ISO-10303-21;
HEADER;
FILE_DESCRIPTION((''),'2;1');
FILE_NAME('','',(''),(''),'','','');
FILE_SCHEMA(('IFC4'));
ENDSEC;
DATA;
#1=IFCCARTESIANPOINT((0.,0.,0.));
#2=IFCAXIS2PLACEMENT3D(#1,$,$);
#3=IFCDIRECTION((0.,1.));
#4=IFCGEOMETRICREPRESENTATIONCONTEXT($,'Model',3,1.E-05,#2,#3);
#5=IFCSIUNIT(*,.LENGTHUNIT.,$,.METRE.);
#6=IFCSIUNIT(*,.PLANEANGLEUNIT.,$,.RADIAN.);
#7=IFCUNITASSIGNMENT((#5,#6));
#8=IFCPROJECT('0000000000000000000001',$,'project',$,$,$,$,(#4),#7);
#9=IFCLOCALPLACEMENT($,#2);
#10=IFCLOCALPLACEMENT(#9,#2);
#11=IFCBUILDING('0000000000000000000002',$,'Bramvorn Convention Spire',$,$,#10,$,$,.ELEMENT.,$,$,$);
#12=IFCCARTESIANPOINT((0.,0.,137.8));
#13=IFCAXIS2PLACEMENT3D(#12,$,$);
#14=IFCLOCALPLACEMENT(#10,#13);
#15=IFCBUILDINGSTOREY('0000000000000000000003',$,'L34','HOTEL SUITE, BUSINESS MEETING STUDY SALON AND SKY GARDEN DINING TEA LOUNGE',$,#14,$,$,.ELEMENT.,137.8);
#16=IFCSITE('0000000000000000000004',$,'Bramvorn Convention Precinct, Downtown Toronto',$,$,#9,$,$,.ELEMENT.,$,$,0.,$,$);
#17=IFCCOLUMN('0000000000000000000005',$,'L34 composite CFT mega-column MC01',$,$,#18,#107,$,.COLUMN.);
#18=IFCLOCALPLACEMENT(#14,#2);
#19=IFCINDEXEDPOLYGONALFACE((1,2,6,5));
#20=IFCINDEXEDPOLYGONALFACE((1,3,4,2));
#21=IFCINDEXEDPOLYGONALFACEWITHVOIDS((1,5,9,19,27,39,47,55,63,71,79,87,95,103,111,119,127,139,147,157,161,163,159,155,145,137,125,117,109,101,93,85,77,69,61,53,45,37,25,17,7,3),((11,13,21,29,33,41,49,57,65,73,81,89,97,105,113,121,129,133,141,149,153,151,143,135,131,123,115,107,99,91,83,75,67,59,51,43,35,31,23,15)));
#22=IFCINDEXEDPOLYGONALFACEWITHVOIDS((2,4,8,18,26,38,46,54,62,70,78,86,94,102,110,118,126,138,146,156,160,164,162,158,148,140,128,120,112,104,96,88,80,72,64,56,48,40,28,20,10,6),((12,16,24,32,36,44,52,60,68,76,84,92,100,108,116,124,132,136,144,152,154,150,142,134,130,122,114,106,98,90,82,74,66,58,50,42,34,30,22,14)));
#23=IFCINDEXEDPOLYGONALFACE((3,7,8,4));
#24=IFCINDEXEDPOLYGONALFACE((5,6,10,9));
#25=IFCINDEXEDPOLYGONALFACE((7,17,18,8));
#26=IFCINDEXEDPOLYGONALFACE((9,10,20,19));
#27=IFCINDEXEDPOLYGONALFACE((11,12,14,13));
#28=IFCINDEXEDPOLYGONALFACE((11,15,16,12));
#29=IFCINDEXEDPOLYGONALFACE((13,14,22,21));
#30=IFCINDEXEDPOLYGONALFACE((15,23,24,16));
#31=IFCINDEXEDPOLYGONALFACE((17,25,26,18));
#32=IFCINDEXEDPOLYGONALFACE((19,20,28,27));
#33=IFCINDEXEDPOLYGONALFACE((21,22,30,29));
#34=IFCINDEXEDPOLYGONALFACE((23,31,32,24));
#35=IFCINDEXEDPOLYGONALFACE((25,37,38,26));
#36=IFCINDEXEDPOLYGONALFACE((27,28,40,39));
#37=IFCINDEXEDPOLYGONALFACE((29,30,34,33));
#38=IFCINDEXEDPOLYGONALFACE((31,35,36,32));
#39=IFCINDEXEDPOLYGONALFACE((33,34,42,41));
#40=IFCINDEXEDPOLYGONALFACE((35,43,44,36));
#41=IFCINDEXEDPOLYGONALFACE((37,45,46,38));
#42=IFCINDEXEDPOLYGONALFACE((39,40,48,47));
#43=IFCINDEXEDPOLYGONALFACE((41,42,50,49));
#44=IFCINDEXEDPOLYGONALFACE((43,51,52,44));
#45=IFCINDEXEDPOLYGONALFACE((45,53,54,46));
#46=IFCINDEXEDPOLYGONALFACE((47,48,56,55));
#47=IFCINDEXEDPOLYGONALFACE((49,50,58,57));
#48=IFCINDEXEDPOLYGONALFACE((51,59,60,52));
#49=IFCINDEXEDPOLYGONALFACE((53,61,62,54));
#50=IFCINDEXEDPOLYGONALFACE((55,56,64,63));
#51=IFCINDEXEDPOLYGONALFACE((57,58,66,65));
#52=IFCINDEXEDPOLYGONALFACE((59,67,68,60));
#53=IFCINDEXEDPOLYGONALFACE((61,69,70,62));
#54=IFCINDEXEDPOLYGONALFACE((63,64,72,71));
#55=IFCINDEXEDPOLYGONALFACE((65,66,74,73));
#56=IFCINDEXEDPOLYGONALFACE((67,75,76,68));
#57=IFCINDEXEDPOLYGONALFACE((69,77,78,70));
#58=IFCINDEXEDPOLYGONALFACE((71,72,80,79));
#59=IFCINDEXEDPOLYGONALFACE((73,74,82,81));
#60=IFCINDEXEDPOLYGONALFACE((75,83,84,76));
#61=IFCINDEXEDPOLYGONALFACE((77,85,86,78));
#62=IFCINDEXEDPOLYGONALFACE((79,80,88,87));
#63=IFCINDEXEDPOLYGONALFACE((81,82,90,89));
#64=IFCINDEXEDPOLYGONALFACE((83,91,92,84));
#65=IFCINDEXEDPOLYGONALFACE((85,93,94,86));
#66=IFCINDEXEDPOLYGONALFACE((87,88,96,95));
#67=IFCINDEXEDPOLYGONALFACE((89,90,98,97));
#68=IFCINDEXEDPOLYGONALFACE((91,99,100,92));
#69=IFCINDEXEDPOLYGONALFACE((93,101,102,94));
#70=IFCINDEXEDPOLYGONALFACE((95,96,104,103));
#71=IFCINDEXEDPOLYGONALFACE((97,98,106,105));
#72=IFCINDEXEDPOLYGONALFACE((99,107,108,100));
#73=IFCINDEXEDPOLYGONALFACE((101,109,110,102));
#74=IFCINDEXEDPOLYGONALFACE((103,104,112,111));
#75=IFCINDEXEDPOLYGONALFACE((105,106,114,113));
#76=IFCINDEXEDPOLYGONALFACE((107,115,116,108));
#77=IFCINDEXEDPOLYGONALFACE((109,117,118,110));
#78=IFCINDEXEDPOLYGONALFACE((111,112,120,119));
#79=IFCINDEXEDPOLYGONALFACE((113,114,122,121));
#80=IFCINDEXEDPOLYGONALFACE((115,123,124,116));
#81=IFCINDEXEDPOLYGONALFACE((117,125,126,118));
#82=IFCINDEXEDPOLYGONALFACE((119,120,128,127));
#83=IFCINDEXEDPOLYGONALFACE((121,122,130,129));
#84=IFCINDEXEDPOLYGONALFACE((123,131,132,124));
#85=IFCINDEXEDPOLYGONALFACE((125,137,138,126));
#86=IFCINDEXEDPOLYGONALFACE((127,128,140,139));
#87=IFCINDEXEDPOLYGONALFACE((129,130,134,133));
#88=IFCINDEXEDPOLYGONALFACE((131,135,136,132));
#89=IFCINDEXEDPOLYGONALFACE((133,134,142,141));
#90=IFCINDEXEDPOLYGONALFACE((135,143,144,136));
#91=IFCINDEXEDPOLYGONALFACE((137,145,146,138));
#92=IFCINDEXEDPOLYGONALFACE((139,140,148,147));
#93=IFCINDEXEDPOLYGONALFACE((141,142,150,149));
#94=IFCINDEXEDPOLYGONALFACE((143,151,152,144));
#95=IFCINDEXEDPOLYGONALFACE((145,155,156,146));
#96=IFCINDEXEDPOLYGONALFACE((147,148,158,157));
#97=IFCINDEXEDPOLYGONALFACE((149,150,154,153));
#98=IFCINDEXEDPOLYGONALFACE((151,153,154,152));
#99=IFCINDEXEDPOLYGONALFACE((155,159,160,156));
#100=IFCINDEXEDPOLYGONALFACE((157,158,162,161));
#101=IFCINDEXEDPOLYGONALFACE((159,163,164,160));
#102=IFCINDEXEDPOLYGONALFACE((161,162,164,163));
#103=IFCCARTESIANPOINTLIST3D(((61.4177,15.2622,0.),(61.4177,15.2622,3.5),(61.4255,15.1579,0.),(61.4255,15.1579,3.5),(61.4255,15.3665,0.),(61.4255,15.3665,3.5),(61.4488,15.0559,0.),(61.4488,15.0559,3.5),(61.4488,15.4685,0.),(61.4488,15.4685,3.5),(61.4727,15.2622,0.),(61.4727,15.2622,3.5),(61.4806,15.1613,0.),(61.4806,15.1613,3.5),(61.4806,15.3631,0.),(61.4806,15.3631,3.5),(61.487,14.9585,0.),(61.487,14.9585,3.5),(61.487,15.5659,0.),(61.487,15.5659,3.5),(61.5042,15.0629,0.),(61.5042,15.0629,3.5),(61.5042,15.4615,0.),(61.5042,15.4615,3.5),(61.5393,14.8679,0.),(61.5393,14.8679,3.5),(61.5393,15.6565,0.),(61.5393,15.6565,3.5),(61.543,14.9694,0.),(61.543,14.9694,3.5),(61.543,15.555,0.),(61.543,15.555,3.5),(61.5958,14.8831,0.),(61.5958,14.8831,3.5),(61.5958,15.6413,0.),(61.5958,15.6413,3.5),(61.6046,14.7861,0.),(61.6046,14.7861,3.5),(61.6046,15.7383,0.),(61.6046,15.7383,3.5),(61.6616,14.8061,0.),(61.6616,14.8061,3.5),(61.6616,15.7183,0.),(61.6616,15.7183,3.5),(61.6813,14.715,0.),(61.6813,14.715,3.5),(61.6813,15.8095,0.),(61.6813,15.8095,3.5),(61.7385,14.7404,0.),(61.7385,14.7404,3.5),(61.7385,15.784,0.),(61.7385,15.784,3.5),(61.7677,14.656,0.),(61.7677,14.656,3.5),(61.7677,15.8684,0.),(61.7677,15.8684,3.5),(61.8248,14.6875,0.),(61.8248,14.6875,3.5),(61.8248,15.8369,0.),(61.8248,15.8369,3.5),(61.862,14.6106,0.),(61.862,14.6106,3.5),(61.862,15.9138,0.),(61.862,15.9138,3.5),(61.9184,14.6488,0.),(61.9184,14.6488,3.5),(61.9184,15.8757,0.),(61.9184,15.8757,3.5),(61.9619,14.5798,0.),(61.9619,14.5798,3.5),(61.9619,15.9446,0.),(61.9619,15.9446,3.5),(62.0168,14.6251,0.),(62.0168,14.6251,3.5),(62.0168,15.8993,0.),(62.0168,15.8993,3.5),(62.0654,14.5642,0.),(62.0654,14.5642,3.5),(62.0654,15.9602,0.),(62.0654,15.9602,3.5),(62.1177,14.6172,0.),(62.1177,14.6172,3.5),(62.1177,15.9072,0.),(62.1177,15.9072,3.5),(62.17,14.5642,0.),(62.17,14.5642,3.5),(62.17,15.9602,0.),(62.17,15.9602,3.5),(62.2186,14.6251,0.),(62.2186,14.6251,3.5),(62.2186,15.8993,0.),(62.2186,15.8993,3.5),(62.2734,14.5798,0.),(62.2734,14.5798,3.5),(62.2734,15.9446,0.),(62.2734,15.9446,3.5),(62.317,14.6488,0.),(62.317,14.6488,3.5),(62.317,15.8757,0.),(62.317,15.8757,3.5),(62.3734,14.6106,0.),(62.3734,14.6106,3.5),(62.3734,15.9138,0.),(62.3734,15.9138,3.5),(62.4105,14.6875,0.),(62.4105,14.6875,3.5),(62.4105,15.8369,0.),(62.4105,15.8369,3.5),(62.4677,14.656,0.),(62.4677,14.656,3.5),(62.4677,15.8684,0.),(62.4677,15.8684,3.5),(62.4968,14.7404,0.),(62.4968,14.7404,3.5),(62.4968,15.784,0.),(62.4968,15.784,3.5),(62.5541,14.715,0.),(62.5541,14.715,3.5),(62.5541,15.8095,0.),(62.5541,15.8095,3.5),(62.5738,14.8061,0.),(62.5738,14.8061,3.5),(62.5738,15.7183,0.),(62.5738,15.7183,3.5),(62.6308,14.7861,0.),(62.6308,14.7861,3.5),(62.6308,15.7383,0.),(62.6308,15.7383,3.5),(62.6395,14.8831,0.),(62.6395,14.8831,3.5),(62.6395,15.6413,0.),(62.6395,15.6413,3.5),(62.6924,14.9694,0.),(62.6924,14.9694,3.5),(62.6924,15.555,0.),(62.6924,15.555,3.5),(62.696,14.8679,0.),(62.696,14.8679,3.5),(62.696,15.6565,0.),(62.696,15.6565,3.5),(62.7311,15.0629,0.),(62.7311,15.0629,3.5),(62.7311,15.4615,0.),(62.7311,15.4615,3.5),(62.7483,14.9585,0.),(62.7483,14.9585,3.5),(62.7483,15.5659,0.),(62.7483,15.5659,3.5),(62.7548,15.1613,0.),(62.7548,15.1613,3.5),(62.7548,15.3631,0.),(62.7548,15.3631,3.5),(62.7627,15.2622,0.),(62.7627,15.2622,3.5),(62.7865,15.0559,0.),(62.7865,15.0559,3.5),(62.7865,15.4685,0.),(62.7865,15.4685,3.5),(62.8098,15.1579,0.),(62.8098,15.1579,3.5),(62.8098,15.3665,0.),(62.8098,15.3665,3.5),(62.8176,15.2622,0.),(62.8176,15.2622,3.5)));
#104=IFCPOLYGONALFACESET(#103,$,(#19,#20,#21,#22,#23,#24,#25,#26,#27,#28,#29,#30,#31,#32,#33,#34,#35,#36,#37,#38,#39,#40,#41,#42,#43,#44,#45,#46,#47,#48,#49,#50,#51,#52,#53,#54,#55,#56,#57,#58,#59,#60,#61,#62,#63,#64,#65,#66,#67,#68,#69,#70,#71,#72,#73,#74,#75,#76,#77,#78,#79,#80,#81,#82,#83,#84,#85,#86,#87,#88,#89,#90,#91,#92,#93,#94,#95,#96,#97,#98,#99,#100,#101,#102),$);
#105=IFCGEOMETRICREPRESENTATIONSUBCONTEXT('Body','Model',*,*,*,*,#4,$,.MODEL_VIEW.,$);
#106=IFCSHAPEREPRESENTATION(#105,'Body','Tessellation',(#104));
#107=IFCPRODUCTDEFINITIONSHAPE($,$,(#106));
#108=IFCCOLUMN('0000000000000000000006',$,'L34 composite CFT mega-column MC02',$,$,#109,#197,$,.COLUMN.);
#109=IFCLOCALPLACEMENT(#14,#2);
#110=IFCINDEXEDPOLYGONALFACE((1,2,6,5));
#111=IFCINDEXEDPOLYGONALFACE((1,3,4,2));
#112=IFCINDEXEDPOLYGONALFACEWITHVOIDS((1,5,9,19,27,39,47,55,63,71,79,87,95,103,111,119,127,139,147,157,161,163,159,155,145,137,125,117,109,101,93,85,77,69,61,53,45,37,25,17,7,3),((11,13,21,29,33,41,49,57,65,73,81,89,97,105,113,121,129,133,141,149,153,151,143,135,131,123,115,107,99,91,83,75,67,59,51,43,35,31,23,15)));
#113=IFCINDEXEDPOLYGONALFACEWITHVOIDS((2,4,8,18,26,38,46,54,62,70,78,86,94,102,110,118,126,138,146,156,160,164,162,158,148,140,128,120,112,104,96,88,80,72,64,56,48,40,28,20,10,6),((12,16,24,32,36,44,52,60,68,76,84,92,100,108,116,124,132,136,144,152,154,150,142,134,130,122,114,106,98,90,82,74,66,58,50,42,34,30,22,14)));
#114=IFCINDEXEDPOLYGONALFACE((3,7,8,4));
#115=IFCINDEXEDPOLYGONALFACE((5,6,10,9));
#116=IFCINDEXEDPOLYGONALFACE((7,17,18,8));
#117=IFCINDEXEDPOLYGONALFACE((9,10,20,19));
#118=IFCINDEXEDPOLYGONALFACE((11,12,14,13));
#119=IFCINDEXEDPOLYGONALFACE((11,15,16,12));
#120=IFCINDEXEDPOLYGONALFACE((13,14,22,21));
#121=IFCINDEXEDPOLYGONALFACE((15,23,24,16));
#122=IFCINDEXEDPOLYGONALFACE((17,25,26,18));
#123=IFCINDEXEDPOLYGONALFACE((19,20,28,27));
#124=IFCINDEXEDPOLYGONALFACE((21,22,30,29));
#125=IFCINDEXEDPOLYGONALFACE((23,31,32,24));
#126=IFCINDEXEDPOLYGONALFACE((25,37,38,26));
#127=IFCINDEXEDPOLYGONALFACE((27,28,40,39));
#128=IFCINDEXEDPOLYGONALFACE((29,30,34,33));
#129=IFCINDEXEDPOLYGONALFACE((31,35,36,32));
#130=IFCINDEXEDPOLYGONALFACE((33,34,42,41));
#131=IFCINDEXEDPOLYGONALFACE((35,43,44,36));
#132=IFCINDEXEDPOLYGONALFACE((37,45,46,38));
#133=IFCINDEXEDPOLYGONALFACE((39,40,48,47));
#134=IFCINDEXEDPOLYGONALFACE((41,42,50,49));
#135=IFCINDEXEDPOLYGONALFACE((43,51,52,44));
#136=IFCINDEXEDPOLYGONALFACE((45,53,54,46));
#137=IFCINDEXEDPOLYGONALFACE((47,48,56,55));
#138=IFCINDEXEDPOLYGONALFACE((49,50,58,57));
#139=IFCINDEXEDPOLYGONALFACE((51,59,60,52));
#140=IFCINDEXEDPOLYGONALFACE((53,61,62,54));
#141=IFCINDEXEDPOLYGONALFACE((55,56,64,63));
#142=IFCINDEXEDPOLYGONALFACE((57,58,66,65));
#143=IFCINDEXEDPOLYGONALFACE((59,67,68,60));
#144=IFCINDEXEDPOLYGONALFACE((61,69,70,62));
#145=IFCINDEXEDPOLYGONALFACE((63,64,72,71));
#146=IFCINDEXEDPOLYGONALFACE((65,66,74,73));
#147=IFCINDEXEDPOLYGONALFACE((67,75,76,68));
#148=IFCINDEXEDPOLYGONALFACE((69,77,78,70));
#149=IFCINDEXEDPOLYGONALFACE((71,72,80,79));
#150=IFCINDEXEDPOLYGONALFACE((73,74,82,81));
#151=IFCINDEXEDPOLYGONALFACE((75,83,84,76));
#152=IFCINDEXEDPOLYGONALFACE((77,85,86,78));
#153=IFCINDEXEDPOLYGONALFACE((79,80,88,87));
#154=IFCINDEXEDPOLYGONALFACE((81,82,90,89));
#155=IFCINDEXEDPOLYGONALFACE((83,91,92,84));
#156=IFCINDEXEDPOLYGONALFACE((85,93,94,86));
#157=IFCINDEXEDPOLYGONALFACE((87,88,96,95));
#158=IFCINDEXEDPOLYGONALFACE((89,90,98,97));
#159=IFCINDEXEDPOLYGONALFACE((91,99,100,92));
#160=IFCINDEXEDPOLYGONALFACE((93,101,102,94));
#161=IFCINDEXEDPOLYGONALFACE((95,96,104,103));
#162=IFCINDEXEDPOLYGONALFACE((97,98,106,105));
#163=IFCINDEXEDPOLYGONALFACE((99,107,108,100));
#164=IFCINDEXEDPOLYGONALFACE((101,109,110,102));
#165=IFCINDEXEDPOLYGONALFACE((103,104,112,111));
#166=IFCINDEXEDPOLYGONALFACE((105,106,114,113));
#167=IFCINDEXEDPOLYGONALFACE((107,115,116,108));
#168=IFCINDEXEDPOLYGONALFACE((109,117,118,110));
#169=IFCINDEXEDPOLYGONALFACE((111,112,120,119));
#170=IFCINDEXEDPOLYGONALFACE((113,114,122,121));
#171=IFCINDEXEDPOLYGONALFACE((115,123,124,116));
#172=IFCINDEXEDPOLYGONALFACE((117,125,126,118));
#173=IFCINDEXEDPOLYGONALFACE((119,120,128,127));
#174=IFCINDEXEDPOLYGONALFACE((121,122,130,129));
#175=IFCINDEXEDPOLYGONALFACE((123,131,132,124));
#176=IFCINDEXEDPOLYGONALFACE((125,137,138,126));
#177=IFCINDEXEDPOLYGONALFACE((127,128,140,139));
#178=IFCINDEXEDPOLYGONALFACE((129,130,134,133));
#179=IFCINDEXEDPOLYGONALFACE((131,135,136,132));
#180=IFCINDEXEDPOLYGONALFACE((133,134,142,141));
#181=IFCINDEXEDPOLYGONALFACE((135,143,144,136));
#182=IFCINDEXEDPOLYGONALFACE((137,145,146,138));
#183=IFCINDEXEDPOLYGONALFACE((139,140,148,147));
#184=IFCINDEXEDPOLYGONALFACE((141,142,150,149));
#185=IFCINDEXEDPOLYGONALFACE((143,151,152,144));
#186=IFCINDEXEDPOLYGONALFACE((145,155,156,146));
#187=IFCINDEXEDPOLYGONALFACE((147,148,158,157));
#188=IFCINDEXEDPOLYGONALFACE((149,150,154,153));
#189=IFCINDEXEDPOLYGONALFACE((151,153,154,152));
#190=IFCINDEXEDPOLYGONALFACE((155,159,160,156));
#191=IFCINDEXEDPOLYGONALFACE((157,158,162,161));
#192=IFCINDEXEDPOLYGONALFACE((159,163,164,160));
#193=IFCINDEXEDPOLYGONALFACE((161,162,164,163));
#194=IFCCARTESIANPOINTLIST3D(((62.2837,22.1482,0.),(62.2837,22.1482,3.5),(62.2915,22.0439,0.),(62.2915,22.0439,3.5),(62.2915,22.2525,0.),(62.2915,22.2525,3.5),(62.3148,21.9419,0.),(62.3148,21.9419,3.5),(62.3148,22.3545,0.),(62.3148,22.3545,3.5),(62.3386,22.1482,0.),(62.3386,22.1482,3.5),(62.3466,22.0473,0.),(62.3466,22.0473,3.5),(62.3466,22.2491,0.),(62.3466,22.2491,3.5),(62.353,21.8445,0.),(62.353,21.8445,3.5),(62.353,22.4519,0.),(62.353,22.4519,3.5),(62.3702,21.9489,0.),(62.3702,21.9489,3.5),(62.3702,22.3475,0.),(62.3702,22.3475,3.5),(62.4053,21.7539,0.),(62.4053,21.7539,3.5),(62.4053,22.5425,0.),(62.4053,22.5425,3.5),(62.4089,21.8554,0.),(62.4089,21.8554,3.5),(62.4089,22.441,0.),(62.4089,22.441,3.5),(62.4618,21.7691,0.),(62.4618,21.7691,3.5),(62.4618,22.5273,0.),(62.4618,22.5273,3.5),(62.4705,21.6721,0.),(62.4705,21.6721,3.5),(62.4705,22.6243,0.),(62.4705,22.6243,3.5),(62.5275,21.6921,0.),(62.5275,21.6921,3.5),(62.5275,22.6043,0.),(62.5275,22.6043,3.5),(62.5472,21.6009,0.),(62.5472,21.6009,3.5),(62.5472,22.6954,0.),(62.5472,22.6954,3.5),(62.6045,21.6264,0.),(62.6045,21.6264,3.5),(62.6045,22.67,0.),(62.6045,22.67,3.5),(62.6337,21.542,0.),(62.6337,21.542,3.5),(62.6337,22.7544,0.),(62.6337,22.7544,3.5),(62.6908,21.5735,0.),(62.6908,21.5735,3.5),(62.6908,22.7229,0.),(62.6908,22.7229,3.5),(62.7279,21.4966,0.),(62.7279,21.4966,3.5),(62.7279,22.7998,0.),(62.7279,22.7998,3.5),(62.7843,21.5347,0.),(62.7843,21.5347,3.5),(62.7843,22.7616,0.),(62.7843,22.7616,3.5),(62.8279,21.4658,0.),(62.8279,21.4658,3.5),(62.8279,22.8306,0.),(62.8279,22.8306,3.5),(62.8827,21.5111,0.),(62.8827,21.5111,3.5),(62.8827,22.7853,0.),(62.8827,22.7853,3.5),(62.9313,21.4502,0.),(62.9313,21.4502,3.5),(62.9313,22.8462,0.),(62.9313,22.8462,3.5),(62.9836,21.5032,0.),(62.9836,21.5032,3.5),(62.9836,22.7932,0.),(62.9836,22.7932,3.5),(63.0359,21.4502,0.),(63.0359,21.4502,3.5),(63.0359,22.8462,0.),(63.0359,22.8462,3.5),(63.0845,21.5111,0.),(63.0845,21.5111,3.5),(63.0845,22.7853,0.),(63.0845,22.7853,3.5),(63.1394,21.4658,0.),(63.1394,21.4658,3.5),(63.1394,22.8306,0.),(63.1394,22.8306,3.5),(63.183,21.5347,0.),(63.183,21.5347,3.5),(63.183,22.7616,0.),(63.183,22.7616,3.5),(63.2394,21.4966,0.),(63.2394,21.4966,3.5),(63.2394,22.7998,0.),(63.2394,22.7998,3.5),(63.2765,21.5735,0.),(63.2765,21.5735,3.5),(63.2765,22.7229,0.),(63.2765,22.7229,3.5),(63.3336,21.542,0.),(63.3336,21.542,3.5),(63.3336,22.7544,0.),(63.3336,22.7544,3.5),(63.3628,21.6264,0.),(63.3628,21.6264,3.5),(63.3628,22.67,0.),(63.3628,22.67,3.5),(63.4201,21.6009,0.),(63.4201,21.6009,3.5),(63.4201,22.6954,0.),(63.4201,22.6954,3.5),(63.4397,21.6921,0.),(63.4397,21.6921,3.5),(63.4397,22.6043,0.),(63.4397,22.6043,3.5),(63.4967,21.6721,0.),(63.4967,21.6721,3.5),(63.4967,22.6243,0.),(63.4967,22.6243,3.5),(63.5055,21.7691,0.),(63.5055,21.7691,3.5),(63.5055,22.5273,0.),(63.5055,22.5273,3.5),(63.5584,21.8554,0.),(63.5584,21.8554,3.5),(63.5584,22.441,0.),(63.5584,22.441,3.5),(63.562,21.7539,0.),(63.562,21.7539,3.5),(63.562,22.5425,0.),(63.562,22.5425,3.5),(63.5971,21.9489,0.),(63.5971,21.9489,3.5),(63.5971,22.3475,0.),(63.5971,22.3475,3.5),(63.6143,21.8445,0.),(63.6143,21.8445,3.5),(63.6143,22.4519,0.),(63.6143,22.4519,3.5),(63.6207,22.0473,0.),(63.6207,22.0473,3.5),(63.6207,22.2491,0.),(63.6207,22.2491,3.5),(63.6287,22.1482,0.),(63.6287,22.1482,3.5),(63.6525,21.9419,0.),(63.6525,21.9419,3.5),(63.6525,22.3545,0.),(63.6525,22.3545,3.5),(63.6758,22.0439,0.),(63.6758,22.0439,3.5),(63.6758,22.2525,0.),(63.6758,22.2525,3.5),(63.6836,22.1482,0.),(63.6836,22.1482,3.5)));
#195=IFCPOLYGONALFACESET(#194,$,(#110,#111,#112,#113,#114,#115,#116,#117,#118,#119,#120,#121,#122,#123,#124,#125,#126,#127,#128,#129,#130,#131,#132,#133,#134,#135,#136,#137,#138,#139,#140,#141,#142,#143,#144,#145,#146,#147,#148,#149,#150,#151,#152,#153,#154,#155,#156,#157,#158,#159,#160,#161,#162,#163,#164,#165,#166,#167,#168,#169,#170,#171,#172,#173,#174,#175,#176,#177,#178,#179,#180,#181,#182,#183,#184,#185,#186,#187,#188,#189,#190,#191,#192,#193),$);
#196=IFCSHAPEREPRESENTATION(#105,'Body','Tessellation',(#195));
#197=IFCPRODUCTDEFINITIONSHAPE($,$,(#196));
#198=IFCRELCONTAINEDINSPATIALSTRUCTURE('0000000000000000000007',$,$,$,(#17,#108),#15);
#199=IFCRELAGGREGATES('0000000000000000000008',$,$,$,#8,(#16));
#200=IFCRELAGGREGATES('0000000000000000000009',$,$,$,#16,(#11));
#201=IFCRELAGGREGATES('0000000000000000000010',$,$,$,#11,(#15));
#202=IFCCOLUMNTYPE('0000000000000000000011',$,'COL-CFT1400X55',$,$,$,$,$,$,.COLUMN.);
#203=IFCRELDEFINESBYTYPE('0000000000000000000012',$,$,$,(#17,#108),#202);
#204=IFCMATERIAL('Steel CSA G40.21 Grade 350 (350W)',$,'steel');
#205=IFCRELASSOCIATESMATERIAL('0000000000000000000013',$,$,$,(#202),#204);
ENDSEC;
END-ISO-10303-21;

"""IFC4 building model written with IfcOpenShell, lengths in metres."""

from ifc_helpers import new_model, si_unit, direction, frame, origin, origin_2d, place, context, subcontext, project, spatial, hollow_circle, extrude, material, material_profile, profile_set, type_object, element, save


model = new_model("IFC4")

# Units and contexts
model_context = context("Model", 3, precision=1e-05, world=origin(), true_north=direction((0.0, 1.0)))
body_context = subcontext(model_context, "Body", "Model", "MODEL_VIEW")
ifc_project = project(units=[si_unit("LENGTHUNIT", "METRE"), si_unit("PLANEANGLEUNIT", "RADIAN")], contexts=[model_context])

# Site, building, storey
site_placement = place(None, origin())
site = spatial("IfcSite", under=ifc_project, at=site_placement, Name="Bramvorn Convention Precinct, Downtown Toronto", CompositionType="ELEMENT", RefElevation=0.0)
building_placement = place(site_placement, origin())
building = spatial("IfcBuilding", under=site, at=building_placement, Name="Bramvorn Convention Spire", CompositionType="ELEMENT")
storey_placement = place(building_placement, frame((0.0, 0.0, 137.8)))
storey = spatial("IfcBuildingStorey", under=building, at=storey_placement, Name="L34", Description="HOTEL SUITE, BUSINESS MEETING STUDY SALON AND SKY GARDEN DINING TEA LOUNGE", CompositionType="ELEMENT", Elevation=137.8)

# Columns
ifc_material_1 = material(Name="Steel CSA G40.21 Grade 350 (350W)", Category="steel")
ifc_material_profile_1 = material_profile(ifc_material_1, hollow_circle(Radius=0.7, WallThickness=0.0549, at=origin_2d()))
ifc_profile_set_1 = profile_set([ifc_material_profile_1], Name="Steel CSA G40.21 Grade 350 (350W) - CFT1400X55")
column_type = type_object("IfcColumnType", Name="COL-CFT1400X55", PredefinedType="COLUMN", material=ifc_profile_set_1)
for number, where, z_axis, x_axis, name in (
    (1, (62.1177, 15.2622, 0.0), (0.0, 0.0, 1.0), (1.0, 0.0, 0.0), "L34 composite CFT mega-column MC01"),
    (2, (62.9836, 22.1482, 0.0), (0.0, 0.0, 1.0), (1.0, 0.0, 0.0), "L34 composite CFT mega-column MC02"),
):
    element("IfcColumn", number, at=place(storey_placement, frame(where, z_axis=z_axis, x_axis=x_axis)), inside=storey, type_object=column_type, Name=name, PredefinedType="COLUMN", context=body_context, shape_type="SweptSolid", body=[
        extrude(hollow_circle(Radius=0.7, WallThickness=0.0549, at=origin_2d()), origin(), (0.0, 0.0, 1.0), 3.5),
    ])

save(model, "model.ifc")
